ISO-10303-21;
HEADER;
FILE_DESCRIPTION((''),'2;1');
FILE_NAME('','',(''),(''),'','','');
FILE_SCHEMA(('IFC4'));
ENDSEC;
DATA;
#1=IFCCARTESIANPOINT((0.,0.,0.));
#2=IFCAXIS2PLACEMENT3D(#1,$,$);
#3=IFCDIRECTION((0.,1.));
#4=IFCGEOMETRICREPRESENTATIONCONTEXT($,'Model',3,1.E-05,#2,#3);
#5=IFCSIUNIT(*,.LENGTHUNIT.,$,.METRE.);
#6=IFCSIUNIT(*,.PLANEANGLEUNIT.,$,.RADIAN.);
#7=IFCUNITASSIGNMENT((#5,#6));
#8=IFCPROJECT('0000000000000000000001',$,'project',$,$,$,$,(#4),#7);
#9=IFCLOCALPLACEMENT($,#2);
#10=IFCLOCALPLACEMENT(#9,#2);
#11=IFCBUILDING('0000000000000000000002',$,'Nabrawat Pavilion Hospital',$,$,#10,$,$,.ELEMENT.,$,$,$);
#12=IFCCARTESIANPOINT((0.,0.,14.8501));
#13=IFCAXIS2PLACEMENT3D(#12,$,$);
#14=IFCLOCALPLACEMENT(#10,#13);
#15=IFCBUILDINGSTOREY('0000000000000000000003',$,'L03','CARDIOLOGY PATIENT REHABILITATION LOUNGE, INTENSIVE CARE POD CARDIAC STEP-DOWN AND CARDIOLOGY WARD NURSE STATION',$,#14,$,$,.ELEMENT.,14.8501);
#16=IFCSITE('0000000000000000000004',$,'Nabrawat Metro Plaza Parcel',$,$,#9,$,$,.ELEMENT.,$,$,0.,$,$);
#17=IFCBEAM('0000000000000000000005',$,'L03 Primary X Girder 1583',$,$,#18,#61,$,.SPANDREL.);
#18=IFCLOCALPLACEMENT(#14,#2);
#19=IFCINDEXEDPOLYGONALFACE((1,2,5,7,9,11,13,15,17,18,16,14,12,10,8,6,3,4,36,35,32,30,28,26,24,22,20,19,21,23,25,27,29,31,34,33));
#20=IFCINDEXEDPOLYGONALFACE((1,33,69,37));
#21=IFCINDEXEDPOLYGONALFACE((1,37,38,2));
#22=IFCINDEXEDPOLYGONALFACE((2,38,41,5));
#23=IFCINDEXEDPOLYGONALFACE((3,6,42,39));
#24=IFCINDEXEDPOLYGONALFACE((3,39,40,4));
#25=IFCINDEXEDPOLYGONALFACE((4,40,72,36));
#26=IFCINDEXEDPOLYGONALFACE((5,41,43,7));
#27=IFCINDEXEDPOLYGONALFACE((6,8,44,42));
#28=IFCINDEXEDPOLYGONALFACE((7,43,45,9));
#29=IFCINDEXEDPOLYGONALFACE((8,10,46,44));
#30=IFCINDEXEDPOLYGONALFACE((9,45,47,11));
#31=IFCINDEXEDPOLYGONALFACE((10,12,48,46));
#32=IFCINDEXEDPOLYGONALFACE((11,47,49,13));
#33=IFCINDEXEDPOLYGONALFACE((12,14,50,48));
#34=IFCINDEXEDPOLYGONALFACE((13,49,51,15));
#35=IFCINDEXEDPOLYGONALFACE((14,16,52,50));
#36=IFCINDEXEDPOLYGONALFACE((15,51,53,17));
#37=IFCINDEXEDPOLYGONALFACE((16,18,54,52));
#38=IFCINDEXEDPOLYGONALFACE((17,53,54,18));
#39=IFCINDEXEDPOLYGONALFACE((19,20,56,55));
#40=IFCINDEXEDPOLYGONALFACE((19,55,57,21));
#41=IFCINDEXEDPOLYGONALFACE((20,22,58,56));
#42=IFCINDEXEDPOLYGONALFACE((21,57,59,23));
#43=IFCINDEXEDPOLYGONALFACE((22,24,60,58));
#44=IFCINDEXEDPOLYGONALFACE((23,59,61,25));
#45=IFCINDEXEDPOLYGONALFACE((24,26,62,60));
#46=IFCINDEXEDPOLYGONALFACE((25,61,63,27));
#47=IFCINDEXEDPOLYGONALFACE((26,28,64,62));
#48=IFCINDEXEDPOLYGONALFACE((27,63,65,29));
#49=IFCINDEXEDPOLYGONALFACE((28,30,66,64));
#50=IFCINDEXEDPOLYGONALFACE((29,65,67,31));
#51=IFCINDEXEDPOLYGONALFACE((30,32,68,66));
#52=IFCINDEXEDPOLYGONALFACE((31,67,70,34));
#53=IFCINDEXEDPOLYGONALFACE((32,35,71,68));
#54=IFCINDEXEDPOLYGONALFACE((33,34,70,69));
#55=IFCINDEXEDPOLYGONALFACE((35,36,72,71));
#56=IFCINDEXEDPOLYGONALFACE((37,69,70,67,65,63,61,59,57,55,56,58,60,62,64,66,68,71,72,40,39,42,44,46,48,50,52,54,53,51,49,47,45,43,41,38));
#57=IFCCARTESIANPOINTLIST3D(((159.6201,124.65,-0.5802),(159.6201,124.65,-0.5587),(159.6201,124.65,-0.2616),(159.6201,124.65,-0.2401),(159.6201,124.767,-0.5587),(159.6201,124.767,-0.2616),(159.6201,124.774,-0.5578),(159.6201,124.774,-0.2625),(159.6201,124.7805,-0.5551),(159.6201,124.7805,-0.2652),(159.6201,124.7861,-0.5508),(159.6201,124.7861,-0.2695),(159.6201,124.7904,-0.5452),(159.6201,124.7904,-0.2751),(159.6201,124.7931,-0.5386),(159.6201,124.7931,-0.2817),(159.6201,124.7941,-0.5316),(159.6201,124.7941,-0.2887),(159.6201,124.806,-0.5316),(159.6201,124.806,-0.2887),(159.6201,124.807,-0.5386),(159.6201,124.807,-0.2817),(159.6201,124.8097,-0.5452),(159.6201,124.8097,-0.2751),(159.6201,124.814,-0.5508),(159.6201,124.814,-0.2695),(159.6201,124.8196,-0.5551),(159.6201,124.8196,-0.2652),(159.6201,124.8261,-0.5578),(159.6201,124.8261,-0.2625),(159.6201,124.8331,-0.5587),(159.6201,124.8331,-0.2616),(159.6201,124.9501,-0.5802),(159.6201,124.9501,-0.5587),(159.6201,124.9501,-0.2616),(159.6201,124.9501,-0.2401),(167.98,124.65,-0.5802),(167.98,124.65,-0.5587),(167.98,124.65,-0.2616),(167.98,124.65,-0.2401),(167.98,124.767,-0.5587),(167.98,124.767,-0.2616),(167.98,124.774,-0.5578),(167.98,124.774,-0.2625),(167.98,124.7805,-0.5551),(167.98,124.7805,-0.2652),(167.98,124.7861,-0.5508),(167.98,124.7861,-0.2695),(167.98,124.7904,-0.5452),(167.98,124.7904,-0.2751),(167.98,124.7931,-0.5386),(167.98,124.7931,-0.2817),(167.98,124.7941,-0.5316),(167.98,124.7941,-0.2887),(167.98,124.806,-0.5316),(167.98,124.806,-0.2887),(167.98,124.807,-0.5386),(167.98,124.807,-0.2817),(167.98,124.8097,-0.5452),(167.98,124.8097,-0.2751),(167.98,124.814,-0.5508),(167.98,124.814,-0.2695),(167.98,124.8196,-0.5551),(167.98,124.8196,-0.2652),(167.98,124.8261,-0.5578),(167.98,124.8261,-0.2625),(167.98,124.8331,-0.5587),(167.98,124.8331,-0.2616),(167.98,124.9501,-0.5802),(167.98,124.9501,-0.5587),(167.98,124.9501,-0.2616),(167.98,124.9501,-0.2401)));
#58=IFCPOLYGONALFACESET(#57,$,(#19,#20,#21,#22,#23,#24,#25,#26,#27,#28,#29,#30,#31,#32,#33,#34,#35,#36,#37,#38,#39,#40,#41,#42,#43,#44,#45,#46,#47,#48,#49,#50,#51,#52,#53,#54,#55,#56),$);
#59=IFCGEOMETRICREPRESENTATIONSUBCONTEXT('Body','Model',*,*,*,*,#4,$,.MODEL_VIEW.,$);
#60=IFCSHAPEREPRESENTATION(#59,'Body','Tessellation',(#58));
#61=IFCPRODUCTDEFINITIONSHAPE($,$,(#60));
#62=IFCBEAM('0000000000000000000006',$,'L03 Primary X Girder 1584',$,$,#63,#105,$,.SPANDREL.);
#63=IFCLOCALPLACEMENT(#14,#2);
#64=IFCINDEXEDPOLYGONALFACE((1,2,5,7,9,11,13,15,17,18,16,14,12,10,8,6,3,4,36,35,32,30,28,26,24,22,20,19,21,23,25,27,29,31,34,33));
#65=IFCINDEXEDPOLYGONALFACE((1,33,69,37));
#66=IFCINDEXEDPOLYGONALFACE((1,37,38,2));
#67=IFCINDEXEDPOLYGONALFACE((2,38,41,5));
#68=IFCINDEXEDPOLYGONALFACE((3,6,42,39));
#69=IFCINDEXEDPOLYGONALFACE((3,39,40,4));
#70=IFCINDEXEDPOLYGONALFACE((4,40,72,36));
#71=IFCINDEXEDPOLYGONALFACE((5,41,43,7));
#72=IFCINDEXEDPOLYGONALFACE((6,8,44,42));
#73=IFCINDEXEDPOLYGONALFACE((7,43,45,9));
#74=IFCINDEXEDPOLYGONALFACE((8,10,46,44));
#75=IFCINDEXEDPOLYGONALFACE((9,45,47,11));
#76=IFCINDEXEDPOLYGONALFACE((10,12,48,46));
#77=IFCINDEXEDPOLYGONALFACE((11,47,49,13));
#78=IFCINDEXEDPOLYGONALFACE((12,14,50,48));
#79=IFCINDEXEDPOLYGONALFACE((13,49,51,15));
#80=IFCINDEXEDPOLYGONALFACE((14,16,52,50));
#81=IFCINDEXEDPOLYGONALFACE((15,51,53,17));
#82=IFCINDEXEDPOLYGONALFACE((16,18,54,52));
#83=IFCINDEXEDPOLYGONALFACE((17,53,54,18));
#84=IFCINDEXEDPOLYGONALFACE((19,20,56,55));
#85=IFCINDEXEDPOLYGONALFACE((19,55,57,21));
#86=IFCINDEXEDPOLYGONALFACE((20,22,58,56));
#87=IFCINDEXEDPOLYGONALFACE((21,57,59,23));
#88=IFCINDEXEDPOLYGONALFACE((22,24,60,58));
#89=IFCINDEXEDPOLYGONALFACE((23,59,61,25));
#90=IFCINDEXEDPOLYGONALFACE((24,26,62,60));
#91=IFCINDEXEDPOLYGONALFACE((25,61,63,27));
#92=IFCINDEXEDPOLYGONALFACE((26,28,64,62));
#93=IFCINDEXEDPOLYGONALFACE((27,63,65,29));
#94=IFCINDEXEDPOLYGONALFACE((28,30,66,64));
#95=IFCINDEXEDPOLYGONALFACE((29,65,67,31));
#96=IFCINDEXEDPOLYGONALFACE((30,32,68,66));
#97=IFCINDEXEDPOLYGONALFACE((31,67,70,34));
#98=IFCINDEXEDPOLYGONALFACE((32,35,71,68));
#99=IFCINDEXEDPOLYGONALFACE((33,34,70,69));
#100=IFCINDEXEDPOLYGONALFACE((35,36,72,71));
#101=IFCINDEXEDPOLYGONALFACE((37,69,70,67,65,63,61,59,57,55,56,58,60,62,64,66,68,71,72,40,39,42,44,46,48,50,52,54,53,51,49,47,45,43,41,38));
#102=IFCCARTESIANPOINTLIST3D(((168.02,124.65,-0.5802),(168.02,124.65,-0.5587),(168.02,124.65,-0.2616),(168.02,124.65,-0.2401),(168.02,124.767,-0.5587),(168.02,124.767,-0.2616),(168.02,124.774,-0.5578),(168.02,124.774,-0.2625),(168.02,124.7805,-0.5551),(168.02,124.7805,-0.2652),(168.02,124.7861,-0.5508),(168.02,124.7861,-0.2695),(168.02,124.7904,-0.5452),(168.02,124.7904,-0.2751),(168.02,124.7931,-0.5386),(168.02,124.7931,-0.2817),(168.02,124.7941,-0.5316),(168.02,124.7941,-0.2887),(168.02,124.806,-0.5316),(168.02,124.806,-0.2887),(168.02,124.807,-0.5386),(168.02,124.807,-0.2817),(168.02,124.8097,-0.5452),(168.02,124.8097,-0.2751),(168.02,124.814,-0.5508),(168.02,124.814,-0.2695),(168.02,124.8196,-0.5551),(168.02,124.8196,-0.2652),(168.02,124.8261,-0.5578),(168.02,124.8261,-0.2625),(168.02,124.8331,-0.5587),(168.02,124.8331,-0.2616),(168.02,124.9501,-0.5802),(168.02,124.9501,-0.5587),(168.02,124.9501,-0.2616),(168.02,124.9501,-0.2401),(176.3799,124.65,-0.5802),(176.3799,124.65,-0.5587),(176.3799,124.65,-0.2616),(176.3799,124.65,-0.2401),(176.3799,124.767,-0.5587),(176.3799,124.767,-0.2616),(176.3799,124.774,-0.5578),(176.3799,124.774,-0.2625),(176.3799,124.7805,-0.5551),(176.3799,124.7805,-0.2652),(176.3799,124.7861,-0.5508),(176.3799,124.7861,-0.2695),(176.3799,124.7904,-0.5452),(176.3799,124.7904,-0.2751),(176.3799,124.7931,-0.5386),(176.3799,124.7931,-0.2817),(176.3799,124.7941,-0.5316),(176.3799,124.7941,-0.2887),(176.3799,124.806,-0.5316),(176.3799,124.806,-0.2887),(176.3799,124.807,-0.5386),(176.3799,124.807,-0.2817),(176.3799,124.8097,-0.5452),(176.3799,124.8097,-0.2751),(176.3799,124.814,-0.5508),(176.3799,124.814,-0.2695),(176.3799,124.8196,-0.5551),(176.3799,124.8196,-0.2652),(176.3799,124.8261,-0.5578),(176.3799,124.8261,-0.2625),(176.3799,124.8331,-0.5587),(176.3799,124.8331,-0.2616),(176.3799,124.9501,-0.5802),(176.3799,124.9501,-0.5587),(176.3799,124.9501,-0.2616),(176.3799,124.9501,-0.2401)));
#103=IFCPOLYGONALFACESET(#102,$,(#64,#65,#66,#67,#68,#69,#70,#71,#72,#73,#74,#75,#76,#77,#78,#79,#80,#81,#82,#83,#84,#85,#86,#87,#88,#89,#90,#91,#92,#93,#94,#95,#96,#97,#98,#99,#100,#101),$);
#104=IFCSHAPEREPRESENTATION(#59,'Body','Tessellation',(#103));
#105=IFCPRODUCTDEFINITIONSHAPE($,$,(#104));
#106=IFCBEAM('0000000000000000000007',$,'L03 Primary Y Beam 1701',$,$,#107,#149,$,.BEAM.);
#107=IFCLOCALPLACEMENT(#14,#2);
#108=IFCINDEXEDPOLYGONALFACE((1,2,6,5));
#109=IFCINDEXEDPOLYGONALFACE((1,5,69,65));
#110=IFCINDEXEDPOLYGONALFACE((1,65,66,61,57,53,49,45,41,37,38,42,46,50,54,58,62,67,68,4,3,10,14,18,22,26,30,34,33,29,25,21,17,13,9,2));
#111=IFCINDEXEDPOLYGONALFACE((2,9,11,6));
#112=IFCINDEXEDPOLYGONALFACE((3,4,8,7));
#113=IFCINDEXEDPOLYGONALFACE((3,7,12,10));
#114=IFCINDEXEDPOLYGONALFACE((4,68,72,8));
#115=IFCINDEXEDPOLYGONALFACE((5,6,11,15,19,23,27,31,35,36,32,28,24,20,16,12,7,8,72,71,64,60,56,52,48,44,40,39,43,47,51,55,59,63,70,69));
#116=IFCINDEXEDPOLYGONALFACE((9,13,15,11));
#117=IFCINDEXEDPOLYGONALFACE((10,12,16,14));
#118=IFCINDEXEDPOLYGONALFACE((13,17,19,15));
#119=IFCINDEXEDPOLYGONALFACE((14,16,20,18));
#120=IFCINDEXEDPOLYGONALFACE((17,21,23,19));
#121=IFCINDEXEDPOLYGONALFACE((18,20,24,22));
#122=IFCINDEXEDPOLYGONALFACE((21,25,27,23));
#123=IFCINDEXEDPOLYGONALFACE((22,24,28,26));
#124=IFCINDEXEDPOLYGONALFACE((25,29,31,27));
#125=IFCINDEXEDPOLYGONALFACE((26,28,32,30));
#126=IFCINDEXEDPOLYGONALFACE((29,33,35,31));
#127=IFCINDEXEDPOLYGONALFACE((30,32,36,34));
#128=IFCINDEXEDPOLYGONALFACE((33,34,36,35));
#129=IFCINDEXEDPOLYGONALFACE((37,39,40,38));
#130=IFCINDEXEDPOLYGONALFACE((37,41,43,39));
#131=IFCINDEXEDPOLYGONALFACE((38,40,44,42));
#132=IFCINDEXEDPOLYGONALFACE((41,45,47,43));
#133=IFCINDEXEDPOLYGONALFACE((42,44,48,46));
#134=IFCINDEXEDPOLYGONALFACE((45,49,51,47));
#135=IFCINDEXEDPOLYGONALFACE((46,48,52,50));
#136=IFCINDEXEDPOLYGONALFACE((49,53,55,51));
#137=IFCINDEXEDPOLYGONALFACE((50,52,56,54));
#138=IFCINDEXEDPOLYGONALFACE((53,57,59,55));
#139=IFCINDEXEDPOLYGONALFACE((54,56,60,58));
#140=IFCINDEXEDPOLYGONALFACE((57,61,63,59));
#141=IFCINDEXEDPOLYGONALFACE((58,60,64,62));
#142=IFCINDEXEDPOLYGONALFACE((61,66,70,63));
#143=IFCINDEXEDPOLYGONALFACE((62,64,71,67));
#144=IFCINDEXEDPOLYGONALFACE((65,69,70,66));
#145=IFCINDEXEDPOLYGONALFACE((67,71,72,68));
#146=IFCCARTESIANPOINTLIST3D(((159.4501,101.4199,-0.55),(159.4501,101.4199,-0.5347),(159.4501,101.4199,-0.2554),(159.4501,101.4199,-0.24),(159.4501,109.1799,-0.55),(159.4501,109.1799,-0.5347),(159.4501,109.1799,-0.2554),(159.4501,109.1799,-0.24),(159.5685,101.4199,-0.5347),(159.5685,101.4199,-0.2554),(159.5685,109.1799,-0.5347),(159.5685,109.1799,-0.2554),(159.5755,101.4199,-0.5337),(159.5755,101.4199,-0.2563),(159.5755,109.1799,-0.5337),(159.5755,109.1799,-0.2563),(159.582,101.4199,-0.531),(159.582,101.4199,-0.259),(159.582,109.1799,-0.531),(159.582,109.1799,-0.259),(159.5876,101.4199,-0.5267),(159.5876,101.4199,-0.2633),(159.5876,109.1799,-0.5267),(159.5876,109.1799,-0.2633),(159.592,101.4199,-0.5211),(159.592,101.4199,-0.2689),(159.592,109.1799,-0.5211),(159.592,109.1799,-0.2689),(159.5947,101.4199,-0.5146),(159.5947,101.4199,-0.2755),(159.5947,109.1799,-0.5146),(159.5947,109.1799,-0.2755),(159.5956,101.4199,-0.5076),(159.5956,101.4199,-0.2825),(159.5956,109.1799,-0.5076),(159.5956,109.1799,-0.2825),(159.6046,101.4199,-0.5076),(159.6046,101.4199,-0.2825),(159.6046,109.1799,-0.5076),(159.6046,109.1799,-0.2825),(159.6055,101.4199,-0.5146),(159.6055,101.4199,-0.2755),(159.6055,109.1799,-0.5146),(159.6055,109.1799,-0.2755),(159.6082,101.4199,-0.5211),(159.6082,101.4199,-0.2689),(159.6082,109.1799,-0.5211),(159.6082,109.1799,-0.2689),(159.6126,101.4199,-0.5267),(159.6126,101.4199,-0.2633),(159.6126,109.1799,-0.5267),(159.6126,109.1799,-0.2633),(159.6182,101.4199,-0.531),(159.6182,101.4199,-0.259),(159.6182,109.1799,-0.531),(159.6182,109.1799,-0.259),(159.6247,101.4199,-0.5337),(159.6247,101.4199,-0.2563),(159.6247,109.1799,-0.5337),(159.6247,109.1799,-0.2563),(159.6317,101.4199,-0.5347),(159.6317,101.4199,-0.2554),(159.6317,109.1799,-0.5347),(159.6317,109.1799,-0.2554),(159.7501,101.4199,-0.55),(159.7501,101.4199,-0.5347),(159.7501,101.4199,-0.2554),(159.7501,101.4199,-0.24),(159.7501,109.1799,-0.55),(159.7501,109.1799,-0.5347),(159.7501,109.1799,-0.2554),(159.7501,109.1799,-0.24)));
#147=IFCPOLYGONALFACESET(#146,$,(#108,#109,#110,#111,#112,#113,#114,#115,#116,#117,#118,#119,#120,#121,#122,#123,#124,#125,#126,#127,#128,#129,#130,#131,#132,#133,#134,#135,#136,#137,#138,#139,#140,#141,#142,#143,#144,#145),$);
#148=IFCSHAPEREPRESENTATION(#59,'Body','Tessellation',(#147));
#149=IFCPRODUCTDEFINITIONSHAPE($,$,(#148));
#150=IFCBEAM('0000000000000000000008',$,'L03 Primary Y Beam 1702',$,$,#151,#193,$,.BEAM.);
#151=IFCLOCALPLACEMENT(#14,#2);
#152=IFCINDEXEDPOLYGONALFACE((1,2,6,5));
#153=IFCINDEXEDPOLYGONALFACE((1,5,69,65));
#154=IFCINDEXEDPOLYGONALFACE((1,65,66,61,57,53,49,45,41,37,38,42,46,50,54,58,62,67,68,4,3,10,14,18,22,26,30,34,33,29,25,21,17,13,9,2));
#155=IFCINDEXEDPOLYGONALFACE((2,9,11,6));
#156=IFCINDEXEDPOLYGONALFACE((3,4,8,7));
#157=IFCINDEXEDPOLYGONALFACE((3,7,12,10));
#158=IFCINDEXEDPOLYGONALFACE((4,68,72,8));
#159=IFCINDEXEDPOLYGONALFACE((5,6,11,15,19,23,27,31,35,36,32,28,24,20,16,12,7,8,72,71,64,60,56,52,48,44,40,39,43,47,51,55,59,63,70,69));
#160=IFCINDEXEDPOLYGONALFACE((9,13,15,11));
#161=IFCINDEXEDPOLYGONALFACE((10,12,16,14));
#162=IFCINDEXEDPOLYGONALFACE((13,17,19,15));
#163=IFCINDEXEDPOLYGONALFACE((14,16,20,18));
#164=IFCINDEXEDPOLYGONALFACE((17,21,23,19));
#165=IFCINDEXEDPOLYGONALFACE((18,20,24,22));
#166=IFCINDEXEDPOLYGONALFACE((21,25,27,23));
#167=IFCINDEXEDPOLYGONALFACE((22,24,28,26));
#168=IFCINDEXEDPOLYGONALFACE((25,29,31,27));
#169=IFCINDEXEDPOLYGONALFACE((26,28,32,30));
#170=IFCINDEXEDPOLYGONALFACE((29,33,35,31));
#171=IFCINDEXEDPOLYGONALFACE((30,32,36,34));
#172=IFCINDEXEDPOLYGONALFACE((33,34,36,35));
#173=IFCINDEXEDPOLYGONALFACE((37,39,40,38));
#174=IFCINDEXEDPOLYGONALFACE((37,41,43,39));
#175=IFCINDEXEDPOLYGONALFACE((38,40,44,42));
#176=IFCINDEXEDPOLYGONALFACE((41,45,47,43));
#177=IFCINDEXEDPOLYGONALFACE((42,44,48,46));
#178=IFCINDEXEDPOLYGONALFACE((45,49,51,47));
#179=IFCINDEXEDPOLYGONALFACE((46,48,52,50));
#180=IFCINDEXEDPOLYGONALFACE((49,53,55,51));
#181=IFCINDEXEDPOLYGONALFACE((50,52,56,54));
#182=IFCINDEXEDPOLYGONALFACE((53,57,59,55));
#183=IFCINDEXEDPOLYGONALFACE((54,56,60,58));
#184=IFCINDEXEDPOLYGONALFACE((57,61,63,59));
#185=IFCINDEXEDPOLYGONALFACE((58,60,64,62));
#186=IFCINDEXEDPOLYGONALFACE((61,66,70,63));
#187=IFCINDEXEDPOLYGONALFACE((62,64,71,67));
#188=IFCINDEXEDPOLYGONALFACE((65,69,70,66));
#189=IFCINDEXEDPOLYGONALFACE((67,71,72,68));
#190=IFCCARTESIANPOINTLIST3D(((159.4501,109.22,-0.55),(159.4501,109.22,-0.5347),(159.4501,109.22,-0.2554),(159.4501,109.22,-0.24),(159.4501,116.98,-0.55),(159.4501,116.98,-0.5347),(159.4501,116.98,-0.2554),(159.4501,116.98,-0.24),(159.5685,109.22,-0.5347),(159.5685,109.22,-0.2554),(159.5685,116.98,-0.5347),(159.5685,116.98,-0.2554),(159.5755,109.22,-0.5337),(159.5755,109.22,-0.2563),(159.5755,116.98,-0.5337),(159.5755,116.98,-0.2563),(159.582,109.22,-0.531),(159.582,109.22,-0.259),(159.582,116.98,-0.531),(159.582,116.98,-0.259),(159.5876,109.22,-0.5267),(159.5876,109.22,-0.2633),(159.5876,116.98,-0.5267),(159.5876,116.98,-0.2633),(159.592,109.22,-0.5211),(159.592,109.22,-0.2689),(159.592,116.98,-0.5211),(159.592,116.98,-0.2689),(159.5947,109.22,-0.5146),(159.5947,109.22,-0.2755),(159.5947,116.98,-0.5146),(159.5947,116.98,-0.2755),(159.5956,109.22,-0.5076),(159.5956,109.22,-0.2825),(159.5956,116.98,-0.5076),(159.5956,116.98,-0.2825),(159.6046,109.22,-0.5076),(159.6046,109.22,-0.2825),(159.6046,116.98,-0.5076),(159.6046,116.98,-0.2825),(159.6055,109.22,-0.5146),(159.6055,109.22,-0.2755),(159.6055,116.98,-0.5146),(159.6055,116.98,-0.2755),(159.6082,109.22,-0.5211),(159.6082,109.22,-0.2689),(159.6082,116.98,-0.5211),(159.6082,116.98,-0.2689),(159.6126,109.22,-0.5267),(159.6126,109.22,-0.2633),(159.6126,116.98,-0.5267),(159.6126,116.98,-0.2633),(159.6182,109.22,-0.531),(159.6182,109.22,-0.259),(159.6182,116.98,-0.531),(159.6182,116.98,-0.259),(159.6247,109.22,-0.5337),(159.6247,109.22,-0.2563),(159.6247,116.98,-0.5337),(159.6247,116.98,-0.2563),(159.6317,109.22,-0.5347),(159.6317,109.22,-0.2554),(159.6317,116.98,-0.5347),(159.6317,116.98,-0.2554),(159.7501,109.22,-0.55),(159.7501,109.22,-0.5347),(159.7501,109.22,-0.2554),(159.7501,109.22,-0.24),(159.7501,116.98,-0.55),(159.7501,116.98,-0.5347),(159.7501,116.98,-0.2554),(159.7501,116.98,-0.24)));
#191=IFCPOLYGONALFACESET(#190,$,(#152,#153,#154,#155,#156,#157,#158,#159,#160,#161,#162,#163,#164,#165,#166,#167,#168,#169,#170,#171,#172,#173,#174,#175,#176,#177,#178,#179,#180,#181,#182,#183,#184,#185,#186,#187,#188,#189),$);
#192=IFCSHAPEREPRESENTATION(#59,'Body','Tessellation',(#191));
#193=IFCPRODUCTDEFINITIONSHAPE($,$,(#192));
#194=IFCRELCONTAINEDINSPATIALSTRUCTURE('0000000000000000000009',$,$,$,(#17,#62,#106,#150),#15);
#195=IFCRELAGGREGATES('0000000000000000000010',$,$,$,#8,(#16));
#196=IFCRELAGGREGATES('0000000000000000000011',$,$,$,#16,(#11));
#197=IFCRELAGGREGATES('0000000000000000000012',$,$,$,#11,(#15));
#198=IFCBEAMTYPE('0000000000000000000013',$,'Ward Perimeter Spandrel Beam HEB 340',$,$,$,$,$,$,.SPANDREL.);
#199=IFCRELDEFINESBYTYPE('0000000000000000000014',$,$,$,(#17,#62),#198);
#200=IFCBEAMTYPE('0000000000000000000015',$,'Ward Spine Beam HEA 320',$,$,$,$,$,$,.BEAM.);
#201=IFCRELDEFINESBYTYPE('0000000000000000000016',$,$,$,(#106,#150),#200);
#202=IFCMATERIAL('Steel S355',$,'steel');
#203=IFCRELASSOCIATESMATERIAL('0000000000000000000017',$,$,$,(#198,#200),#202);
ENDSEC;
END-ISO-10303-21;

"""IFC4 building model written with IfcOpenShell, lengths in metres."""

from ifc_helpers import new_model, si_unit, direction, frame, origin, origin_2d, place, context, subcontext, project, spatial, i_section, extrude, material, material_profile, profile_set, type_object, element, save


model = new_model("IFC4")

# Units and contexts
model_context = context("Model", 3, precision=1e-05, world=origin(), true_north=direction((0.0, 1.0)))
body_context = subcontext(model_context, "Body", "Model", "MODEL_VIEW")
ifc_project = project(units=[si_unit("LENGTHUNIT", "METRE"), si_unit("PLANEANGLEUNIT", "RADIAN")], contexts=[model_context])

# Site, building, storey
site_placement = place(None, origin())
site = spatial("IfcSite", under=ifc_project, at=site_placement, Name="Nabrawat Metro Plaza Parcel", CompositionType="ELEMENT", RefElevation=0.0)
building_placement = place(site_placement, origin())
building = spatial("IfcBuilding", under=site, at=building_placement, Name="Nabrawat Pavilion Hospital", CompositionType="ELEMENT")
storey_placement = place(building_placement, frame((0.0, 0.0, 14.8501)))
storey = spatial("IfcBuildingStorey", under=building, at=storey_placement, Name="L03", Description="CARDIOLOGY PATIENT REHABILITATION LOUNGE, INTENSIVE CARE POD CARDIAC STEP-DOWN AND CARDIOLOGY WARD NURSE STATION", CompositionType="ELEMENT", Elevation=14.8501)

# Shared definitions
ifc_material_1 = material(Name="Steel S355", Category="steel")

# Beams
ifc_material_profile_1 = material_profile(ifc_material_1, i_section(OverallWidth=0.3, OverallDepth=0.3401, WebThickness=0.012, FlangeThickness=0.0215, FilletRadius=0.0271, at=origin_2d()), Name="HEB 340")
ifc_profile_set_1 = profile_set([ifc_material_profile_1], Name="Steel S355")
beam_type_1 = type_object("IfcBeamType", Name="Ward Perimeter Spandrel Beam HEB 340", PredefinedType="SPANDREL", material=ifc_profile_set_1)
for number, where, z_axis, x_axis, name in (
    (1, (159.6201, 124.8, -0.4102), (1.0, 0.0, 0.0), (0.0, 1.0, 0.0), "L03 Primary X Girder 1583"),
    (2, (168.02, 124.8, -0.4102), (1.0, 0.0, 0.0), (0.0, 1.0, 0.0), "L03 Primary X Girder 1584"),
):
    element("IfcBeam", number, at=place(storey_placement, frame(where, z_axis=z_axis, x_axis=x_axis)), inside=storey, type_object=beam_type_1, Name=name, PredefinedType="SPANDREL", context=body_context, shape_type="SweptSolid", body=[
        extrude(i_section(OverallWidth=0.3, OverallDepth=0.3401, WebThickness=0.012, FlangeThickness=0.0215, FilletRadius=0.0271, at=origin_2d()), origin(), (0.0, 0.0, 1.0), 8.3599),
    ])
ifc_material_profile_2 = material_profile(ifc_material_1, i_section(OverallWidth=0.3, OverallDepth=0.3101, WebThickness=0.009, FlangeThickness=0.0154, FilletRadius=0.0271, at=origin_2d()), Name="HEA 320")
ifc_profile_set_2 = profile_set([ifc_material_profile_2], Name="Steel S355")
beam_type_2 = type_object("IfcBeamType", Name="Ward Spine Beam HEA 320", PredefinedType="BEAM", material=ifc_profile_set_2)
for number, where, z_axis, x_axis, name in (
    (3, (159.6001, 101.4199, -0.395), (0.0, 1.0, 0.0), (-1.0, 0.0, 0.0), "L03 Primary Y Beam 1701"),
    (4, (159.6001, 109.22, -0.395), (0.0, 1.0, 0.0), (-1.0, 0.0, 0.0), "L03 Primary Y Beam 1702"),
):
    element("IfcBeam", number, at=place(storey_placement, frame(where, z_axis=z_axis, x_axis=x_axis)), inside=storey, type_object=beam_type_2, Name=name, PredefinedType="BEAM", context=body_context, shape_type="SweptSolid", body=[
        extrude(i_section(OverallWidth=0.3, OverallDepth=0.3101, WebThickness=0.009, FlangeThickness=0.0154, FilletRadius=0.0271, at=origin_2d()), origin(), (0.0, 0.0, 1.0), 7.76),
    ])

save(model, "model.ifc")
